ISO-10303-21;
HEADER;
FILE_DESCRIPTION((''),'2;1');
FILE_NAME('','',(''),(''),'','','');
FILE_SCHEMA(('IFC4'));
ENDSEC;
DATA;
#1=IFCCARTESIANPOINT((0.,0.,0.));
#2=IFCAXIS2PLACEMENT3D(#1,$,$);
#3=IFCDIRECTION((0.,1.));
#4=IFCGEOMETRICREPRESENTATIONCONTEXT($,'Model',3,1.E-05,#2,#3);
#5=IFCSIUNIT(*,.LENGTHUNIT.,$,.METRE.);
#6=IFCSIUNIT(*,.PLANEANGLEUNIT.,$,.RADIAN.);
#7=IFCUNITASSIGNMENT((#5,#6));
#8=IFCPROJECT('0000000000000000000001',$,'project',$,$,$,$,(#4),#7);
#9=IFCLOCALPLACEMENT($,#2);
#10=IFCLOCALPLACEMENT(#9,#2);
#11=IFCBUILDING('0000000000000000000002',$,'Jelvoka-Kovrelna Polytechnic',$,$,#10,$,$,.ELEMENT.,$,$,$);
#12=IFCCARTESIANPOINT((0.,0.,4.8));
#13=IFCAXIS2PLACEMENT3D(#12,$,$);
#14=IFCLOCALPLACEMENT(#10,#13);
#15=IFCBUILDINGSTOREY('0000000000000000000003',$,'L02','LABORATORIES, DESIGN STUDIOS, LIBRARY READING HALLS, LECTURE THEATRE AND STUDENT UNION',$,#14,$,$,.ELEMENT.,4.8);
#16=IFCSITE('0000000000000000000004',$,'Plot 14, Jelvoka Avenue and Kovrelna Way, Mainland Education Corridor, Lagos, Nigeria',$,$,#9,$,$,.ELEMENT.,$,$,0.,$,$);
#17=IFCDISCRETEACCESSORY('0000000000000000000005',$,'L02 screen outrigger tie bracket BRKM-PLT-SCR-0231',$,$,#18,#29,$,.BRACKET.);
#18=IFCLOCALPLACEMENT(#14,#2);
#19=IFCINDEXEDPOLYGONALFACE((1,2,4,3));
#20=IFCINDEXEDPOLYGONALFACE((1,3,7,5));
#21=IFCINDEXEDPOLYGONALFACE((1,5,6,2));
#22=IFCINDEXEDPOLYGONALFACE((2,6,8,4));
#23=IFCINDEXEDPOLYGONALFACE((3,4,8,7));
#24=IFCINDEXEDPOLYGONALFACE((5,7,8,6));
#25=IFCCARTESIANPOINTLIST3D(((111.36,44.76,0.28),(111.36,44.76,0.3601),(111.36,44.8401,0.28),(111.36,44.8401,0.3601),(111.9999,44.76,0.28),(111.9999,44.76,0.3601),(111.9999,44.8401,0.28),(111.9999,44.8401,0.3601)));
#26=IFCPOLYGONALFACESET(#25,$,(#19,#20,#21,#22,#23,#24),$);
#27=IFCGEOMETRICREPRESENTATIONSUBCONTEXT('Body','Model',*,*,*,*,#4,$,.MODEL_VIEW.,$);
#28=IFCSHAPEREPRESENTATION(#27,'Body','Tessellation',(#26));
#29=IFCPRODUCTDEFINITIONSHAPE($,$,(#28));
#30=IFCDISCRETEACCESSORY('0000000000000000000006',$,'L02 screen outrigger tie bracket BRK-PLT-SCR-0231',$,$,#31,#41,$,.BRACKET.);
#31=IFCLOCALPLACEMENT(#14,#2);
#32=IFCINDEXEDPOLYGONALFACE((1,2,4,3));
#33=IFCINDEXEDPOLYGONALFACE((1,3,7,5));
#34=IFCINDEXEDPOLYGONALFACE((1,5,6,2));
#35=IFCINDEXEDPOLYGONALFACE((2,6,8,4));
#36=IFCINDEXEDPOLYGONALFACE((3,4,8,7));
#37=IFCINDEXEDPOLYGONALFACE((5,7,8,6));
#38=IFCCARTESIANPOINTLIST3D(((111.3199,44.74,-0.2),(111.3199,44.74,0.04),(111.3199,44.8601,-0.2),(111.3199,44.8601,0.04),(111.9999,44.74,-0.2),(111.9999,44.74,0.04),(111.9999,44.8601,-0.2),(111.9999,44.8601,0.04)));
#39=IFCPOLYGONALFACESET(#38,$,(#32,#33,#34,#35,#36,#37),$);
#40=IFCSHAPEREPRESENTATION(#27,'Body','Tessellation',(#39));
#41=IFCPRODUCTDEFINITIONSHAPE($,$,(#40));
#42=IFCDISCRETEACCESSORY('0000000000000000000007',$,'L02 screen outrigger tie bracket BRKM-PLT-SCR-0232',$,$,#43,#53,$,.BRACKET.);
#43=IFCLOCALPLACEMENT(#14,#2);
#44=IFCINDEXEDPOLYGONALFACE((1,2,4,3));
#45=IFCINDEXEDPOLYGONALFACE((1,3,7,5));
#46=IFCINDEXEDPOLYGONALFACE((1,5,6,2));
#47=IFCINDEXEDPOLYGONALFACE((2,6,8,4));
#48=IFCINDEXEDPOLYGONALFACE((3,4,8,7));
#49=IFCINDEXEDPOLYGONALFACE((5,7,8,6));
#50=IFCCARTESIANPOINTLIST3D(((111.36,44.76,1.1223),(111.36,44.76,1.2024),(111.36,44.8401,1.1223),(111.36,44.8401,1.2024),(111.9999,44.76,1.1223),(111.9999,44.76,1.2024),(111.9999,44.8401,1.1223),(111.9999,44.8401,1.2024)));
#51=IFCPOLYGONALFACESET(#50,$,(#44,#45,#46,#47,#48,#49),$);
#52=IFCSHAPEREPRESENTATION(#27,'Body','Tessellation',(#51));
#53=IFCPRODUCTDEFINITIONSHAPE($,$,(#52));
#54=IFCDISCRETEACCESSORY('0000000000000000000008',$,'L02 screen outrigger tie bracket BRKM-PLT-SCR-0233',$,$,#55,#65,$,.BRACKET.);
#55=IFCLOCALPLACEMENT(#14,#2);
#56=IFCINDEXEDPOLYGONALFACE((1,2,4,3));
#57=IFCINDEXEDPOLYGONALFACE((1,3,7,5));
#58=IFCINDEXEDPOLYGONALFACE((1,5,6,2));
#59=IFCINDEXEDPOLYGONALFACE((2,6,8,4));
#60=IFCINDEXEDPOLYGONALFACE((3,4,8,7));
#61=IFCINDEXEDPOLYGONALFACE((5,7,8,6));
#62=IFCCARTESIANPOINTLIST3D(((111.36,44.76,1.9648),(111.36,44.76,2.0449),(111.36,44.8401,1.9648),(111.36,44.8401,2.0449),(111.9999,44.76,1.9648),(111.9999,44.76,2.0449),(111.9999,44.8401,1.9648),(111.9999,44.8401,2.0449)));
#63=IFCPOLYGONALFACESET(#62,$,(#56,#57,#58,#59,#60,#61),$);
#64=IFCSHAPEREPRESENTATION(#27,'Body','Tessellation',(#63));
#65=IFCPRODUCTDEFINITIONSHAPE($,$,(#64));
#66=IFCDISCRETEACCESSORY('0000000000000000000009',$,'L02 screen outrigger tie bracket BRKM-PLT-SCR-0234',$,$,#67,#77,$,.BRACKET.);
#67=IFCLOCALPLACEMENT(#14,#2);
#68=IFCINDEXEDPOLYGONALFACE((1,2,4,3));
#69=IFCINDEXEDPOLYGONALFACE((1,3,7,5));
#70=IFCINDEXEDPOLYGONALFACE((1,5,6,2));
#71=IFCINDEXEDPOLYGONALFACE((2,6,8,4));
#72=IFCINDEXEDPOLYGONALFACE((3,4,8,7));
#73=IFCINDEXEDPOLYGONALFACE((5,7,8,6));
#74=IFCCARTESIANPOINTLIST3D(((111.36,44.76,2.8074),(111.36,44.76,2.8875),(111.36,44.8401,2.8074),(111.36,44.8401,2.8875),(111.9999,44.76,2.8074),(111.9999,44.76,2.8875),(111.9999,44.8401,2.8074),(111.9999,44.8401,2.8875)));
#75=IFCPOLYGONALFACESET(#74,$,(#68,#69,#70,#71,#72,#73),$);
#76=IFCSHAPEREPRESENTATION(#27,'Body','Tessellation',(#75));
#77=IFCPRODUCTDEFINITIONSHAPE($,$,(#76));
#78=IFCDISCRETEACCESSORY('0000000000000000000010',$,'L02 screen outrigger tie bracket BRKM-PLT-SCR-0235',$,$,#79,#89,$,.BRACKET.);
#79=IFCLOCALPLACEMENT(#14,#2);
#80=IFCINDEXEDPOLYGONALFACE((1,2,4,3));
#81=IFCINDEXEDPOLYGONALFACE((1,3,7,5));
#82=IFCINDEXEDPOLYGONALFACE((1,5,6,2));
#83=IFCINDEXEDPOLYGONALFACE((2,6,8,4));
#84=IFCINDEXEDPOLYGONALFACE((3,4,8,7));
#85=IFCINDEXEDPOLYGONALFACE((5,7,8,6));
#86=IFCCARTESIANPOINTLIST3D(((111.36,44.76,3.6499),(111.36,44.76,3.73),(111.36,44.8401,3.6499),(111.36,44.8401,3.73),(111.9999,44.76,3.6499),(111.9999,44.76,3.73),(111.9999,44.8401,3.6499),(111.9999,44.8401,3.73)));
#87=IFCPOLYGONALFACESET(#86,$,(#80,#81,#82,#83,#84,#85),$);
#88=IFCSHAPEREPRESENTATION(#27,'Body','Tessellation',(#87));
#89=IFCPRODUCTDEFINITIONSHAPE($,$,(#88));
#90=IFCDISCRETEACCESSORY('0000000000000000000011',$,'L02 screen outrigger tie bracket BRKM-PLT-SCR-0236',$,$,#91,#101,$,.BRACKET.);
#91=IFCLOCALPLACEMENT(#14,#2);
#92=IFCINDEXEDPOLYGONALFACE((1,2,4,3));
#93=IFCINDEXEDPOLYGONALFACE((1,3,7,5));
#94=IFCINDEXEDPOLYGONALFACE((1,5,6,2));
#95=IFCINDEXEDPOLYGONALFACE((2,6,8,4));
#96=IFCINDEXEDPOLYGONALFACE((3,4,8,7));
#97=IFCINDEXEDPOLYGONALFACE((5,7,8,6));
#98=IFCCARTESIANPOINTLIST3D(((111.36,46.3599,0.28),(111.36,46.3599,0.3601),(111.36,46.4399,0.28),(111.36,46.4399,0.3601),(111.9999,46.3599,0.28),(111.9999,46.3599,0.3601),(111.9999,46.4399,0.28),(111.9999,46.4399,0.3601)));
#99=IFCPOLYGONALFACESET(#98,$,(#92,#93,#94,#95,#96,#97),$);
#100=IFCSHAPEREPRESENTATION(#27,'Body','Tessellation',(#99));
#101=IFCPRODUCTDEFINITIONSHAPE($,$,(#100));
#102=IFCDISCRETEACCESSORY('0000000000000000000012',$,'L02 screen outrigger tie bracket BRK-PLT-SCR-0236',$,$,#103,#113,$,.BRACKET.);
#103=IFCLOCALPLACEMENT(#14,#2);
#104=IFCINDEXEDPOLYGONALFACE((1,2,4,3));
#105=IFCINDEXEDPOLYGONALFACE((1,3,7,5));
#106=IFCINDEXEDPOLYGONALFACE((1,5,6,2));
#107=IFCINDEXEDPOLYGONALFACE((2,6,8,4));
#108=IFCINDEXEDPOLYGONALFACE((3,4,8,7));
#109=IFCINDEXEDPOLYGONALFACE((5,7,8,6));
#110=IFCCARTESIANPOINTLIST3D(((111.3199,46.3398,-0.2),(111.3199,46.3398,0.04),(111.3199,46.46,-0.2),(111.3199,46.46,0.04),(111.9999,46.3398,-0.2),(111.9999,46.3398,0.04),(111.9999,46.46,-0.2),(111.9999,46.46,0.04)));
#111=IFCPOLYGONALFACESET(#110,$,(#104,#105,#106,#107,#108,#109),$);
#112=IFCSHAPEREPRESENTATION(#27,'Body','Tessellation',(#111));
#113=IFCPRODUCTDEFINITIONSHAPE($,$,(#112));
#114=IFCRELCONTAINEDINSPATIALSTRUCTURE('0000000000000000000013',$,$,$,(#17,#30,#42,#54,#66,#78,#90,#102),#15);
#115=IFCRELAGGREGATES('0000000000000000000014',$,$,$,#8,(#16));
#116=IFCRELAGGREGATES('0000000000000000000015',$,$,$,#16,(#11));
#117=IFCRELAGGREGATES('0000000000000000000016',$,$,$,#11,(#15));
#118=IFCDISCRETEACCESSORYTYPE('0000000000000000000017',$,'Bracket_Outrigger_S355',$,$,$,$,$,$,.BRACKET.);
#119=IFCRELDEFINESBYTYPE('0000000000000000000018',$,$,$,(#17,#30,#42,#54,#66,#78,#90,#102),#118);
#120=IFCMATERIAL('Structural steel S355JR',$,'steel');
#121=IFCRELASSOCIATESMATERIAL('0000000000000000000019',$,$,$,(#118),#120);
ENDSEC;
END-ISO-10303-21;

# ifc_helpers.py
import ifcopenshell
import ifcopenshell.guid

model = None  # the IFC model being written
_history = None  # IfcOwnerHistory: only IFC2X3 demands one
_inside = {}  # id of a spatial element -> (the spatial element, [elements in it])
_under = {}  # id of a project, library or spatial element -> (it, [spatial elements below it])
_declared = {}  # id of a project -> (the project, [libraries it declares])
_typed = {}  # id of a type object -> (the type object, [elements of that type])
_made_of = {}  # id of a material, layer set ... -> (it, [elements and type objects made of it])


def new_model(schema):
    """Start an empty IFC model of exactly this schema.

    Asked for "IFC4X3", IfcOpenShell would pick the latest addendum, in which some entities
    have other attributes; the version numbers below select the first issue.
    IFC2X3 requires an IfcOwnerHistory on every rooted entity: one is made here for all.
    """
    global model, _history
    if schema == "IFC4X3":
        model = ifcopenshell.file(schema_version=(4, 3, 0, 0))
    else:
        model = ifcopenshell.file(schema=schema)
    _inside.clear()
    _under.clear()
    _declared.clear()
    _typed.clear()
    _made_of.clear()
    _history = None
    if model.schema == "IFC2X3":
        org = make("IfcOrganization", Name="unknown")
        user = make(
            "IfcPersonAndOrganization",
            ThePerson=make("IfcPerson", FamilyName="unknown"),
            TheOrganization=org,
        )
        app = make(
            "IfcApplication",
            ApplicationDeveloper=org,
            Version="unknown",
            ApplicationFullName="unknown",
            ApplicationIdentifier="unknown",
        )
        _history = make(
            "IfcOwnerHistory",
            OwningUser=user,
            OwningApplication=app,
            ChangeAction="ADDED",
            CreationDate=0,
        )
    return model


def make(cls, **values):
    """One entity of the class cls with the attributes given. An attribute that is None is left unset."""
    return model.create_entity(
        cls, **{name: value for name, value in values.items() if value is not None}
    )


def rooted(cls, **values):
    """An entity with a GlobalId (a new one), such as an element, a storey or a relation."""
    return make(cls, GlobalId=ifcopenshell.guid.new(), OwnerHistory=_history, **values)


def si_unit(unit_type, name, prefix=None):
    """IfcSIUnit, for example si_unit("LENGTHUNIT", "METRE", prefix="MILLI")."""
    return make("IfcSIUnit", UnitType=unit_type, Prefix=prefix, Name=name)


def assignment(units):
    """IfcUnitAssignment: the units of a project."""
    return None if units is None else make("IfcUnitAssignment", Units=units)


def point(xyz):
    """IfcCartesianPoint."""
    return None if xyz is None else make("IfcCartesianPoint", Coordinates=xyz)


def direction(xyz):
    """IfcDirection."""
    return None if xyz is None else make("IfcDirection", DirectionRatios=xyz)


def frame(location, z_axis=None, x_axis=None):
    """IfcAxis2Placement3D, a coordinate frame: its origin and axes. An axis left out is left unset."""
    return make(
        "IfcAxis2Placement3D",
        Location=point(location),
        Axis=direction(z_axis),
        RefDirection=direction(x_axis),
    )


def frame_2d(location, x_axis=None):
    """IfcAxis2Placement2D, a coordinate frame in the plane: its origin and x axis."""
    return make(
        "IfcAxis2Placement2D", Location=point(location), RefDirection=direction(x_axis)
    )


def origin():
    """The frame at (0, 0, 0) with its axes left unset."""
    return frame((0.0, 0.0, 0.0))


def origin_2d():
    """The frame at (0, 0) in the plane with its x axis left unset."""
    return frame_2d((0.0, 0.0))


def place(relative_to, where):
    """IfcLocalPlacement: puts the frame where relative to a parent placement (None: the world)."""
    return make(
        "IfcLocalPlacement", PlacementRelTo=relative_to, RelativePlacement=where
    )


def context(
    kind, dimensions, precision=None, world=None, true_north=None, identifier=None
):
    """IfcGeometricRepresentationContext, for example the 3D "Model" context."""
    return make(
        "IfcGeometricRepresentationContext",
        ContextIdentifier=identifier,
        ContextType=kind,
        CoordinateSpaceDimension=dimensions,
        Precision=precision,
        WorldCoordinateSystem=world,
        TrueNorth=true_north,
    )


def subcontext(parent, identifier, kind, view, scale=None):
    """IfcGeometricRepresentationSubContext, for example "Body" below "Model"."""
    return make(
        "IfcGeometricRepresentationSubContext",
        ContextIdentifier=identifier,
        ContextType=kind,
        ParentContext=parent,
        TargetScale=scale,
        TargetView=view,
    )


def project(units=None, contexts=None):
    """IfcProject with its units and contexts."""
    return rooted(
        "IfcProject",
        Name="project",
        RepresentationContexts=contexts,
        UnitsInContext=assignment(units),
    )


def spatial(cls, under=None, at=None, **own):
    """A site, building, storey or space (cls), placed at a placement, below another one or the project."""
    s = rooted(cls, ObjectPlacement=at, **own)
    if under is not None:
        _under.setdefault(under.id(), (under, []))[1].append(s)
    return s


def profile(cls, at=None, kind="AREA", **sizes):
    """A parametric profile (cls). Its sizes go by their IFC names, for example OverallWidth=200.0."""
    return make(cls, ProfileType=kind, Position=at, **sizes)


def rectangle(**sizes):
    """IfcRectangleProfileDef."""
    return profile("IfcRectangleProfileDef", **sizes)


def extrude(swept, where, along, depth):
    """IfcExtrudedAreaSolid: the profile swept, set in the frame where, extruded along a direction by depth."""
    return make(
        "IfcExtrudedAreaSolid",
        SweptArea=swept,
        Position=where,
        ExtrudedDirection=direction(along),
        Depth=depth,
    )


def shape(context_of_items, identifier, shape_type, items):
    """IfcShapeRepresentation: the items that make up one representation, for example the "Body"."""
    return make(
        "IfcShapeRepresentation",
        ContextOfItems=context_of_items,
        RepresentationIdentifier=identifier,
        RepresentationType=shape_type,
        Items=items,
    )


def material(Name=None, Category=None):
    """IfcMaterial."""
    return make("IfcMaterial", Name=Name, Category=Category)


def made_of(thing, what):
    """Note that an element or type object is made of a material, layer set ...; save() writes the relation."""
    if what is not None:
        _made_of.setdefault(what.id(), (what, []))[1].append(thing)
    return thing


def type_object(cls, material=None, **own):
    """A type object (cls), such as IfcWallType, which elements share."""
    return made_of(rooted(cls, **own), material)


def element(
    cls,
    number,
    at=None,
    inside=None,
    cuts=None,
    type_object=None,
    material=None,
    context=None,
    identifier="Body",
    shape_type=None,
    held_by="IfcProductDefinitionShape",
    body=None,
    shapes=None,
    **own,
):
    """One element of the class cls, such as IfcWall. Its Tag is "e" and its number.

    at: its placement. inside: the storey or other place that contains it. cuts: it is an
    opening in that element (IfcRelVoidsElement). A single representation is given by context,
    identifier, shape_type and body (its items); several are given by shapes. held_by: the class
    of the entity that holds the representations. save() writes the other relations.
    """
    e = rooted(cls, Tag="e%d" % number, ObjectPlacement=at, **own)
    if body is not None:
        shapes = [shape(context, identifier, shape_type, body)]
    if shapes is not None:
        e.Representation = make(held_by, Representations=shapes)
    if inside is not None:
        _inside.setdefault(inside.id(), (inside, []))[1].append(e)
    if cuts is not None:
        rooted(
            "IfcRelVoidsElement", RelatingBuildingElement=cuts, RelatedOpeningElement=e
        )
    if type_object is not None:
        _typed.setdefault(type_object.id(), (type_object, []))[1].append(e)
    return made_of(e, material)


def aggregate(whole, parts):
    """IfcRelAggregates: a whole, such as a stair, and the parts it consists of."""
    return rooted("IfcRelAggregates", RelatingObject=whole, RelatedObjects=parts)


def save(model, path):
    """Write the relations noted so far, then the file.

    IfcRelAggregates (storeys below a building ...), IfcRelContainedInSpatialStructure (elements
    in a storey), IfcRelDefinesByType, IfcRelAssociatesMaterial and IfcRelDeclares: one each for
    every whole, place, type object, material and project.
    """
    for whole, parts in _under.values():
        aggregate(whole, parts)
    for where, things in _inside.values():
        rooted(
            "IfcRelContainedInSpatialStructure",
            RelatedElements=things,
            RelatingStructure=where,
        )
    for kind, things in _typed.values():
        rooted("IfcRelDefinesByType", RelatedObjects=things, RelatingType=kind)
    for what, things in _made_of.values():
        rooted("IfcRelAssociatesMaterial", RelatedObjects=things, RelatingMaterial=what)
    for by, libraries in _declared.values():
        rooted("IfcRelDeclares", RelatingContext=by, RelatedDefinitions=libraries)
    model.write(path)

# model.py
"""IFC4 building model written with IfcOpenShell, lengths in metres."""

from ifc_helpers import new_model, si_unit, direction, frame, origin, origin_2d, place, context, subcontext, project, spatial, rectangle, extrude, material, type_object, element, save


model = new_model("IFC4")

# Units and contexts
model_context = context("Model", 3, precision=1e-05, world=origin(), true_north=direction((0.0, 1.0)))
body_context = subcontext(model_context, "Body", "Model", "MODEL_VIEW")
ifc_project = project(units=[si_unit("LENGTHUNIT", "METRE"), si_unit("PLANEANGLEUNIT", "RADIAN")], contexts=[model_context])

# Site, building, storey
site_placement = place(None, origin())
site = spatial("IfcSite", under=ifc_project, at=site_placement, Name="Plot 14, Jelvoka Avenue and Kovrelna Way, Mainland Education Corridor, Lagos, Nigeria", CompositionType="ELEMENT", RefElevation=0.0)
building_placement = place(site_placement, origin())
building = spatial("IfcBuilding", under=site, at=building_placement, Name="Jelvoka-Kovrelna Polytechnic", CompositionType="ELEMENT")
storey_placement = place(building_placement, frame((0.0, 0.0, 4.8)))
storey = spatial("IfcBuildingStorey", under=building, at=storey_placement, Name="L02", Description="LABORATORIES, DESIGN STUDIOS, LIBRARY READING HALLS, LECTURE THEATRE AND STUDENT UNION", CompositionType="ELEMENT", Elevation=4.8)

# Discrete accessories
ifc_material_1 = material(Name="Structural steel S355JR", Category="steel")
discrete_accessory_type = type_object("IfcDiscreteAccessoryType", Name="Bracket_Outrigger_S355", PredefinedType="BRACKET", material=ifc_material_1)
discrete_accessory_1_placement = place(storey_placement, frame((111.6799, 44.8, 0.28), z_axis=(0.0, 0.0, 1.0), x_axis=(1.0, 0.0, 0.0)))
element("IfcDiscreteAccessory", 1, at=discrete_accessory_1_placement, inside=storey, type_object=discrete_accessory_type, Name="L02 screen outrigger tie bracket BRKM-PLT-SCR-0231", PredefinedType="BRACKET", context=body_context, shape_type="SweptSolid", body=[
    extrude(rectangle(XDim=0.6399, YDim=0.0801, at=origin_2d()), origin(), (0.0, 0.0, 1.0), 0.0801),
])
discrete_accessory_2_placement = place(storey_placement, frame((111.6599, 44.8, -0.2), z_axis=(0.0, 0.0, 1.0), x_axis=(1.0, 0.0, 0.0)))
element("IfcDiscreteAccessory", 2, at=discrete_accessory_2_placement, inside=storey, type_object=discrete_accessory_type, Name="L02 screen outrigger tie bracket BRK-PLT-SCR-0231", PredefinedType="BRACKET", context=body_context, shape_type="SweptSolid", body=[
    extrude(rectangle(XDim=0.6799, YDim=0.1201, at=origin_2d()), origin(), (0.0, 0.0, 1.0), 0.24),
])
for number, where, z_axis, x_axis, name in (
    (3, (111.6799, 44.8, 1.1223), (0.0, 0.0, 1.0), (1.0, 0.0, 0.0), "L02 screen outrigger tie bracket BRKM-PLT-SCR-0232"),
    (4, (111.6799, 44.8, 1.9648), (0.0, 0.0, 1.0), (1.0, 0.0, 0.0), "L02 screen outrigger tie bracket BRKM-PLT-SCR-0233"),
    (5, (111.6799, 44.8, 2.8074), (0.0, 0.0, 1.0), (1.0, 0.0, 0.0), "L02 screen outrigger tie bracket BRKM-PLT-SCR-0234"),
    (6, (111.6799, 44.8, 3.6499), (0.0, 0.0, 1.0), (1.0, 0.0, 0.0), "L02 screen outrigger tie bracket BRKM-PLT-SCR-0235"),
    (7, (111.6799, 46.3999, 0.28), (0.0, 0.0, 1.0), (1.0, 0.0, 0.0), "L02 screen outrigger tie bracket BRKM-PLT-SCR-0236"),
):
    element("IfcDiscreteAccessory", number, at=place(storey_placement, frame(where, z_axis=z_axis, x_axis=x_axis)), inside=storey, type_object=discrete_accessory_type, Name=name, PredefinedType="BRACKET", context=body_context, shape_type="SweptSolid", body=[
        extrude(rectangle(XDim=0.6399, YDim=0.0801, at=origin_2d()), origin(), (0.0, 0.0, 1.0), 0.0801),
    ])
discrete_accessory_3_placement = place(storey_placement, frame((111.6599, 46.3999, -0.2), z_axis=(0.0, 0.0, 1.0), x_axis=(1.0, 0.0, 0.0)))
element("IfcDiscreteAccessory", 8, at=discrete_accessory_3_placement, inside=storey, type_object=discrete_accessory_type, Name="L02 screen outrigger tie bracket BRK-PLT-SCR-0236", PredefinedType="BRACKET", context=body_context, shape_type="SweptSolid", body=[
    extrude(rectangle(XDim=0.6799, YDim=0.1201, at=origin_2d()), origin(), (0.0, 0.0, 1.0), 0.24),
])

save(model, "model.ifc")
